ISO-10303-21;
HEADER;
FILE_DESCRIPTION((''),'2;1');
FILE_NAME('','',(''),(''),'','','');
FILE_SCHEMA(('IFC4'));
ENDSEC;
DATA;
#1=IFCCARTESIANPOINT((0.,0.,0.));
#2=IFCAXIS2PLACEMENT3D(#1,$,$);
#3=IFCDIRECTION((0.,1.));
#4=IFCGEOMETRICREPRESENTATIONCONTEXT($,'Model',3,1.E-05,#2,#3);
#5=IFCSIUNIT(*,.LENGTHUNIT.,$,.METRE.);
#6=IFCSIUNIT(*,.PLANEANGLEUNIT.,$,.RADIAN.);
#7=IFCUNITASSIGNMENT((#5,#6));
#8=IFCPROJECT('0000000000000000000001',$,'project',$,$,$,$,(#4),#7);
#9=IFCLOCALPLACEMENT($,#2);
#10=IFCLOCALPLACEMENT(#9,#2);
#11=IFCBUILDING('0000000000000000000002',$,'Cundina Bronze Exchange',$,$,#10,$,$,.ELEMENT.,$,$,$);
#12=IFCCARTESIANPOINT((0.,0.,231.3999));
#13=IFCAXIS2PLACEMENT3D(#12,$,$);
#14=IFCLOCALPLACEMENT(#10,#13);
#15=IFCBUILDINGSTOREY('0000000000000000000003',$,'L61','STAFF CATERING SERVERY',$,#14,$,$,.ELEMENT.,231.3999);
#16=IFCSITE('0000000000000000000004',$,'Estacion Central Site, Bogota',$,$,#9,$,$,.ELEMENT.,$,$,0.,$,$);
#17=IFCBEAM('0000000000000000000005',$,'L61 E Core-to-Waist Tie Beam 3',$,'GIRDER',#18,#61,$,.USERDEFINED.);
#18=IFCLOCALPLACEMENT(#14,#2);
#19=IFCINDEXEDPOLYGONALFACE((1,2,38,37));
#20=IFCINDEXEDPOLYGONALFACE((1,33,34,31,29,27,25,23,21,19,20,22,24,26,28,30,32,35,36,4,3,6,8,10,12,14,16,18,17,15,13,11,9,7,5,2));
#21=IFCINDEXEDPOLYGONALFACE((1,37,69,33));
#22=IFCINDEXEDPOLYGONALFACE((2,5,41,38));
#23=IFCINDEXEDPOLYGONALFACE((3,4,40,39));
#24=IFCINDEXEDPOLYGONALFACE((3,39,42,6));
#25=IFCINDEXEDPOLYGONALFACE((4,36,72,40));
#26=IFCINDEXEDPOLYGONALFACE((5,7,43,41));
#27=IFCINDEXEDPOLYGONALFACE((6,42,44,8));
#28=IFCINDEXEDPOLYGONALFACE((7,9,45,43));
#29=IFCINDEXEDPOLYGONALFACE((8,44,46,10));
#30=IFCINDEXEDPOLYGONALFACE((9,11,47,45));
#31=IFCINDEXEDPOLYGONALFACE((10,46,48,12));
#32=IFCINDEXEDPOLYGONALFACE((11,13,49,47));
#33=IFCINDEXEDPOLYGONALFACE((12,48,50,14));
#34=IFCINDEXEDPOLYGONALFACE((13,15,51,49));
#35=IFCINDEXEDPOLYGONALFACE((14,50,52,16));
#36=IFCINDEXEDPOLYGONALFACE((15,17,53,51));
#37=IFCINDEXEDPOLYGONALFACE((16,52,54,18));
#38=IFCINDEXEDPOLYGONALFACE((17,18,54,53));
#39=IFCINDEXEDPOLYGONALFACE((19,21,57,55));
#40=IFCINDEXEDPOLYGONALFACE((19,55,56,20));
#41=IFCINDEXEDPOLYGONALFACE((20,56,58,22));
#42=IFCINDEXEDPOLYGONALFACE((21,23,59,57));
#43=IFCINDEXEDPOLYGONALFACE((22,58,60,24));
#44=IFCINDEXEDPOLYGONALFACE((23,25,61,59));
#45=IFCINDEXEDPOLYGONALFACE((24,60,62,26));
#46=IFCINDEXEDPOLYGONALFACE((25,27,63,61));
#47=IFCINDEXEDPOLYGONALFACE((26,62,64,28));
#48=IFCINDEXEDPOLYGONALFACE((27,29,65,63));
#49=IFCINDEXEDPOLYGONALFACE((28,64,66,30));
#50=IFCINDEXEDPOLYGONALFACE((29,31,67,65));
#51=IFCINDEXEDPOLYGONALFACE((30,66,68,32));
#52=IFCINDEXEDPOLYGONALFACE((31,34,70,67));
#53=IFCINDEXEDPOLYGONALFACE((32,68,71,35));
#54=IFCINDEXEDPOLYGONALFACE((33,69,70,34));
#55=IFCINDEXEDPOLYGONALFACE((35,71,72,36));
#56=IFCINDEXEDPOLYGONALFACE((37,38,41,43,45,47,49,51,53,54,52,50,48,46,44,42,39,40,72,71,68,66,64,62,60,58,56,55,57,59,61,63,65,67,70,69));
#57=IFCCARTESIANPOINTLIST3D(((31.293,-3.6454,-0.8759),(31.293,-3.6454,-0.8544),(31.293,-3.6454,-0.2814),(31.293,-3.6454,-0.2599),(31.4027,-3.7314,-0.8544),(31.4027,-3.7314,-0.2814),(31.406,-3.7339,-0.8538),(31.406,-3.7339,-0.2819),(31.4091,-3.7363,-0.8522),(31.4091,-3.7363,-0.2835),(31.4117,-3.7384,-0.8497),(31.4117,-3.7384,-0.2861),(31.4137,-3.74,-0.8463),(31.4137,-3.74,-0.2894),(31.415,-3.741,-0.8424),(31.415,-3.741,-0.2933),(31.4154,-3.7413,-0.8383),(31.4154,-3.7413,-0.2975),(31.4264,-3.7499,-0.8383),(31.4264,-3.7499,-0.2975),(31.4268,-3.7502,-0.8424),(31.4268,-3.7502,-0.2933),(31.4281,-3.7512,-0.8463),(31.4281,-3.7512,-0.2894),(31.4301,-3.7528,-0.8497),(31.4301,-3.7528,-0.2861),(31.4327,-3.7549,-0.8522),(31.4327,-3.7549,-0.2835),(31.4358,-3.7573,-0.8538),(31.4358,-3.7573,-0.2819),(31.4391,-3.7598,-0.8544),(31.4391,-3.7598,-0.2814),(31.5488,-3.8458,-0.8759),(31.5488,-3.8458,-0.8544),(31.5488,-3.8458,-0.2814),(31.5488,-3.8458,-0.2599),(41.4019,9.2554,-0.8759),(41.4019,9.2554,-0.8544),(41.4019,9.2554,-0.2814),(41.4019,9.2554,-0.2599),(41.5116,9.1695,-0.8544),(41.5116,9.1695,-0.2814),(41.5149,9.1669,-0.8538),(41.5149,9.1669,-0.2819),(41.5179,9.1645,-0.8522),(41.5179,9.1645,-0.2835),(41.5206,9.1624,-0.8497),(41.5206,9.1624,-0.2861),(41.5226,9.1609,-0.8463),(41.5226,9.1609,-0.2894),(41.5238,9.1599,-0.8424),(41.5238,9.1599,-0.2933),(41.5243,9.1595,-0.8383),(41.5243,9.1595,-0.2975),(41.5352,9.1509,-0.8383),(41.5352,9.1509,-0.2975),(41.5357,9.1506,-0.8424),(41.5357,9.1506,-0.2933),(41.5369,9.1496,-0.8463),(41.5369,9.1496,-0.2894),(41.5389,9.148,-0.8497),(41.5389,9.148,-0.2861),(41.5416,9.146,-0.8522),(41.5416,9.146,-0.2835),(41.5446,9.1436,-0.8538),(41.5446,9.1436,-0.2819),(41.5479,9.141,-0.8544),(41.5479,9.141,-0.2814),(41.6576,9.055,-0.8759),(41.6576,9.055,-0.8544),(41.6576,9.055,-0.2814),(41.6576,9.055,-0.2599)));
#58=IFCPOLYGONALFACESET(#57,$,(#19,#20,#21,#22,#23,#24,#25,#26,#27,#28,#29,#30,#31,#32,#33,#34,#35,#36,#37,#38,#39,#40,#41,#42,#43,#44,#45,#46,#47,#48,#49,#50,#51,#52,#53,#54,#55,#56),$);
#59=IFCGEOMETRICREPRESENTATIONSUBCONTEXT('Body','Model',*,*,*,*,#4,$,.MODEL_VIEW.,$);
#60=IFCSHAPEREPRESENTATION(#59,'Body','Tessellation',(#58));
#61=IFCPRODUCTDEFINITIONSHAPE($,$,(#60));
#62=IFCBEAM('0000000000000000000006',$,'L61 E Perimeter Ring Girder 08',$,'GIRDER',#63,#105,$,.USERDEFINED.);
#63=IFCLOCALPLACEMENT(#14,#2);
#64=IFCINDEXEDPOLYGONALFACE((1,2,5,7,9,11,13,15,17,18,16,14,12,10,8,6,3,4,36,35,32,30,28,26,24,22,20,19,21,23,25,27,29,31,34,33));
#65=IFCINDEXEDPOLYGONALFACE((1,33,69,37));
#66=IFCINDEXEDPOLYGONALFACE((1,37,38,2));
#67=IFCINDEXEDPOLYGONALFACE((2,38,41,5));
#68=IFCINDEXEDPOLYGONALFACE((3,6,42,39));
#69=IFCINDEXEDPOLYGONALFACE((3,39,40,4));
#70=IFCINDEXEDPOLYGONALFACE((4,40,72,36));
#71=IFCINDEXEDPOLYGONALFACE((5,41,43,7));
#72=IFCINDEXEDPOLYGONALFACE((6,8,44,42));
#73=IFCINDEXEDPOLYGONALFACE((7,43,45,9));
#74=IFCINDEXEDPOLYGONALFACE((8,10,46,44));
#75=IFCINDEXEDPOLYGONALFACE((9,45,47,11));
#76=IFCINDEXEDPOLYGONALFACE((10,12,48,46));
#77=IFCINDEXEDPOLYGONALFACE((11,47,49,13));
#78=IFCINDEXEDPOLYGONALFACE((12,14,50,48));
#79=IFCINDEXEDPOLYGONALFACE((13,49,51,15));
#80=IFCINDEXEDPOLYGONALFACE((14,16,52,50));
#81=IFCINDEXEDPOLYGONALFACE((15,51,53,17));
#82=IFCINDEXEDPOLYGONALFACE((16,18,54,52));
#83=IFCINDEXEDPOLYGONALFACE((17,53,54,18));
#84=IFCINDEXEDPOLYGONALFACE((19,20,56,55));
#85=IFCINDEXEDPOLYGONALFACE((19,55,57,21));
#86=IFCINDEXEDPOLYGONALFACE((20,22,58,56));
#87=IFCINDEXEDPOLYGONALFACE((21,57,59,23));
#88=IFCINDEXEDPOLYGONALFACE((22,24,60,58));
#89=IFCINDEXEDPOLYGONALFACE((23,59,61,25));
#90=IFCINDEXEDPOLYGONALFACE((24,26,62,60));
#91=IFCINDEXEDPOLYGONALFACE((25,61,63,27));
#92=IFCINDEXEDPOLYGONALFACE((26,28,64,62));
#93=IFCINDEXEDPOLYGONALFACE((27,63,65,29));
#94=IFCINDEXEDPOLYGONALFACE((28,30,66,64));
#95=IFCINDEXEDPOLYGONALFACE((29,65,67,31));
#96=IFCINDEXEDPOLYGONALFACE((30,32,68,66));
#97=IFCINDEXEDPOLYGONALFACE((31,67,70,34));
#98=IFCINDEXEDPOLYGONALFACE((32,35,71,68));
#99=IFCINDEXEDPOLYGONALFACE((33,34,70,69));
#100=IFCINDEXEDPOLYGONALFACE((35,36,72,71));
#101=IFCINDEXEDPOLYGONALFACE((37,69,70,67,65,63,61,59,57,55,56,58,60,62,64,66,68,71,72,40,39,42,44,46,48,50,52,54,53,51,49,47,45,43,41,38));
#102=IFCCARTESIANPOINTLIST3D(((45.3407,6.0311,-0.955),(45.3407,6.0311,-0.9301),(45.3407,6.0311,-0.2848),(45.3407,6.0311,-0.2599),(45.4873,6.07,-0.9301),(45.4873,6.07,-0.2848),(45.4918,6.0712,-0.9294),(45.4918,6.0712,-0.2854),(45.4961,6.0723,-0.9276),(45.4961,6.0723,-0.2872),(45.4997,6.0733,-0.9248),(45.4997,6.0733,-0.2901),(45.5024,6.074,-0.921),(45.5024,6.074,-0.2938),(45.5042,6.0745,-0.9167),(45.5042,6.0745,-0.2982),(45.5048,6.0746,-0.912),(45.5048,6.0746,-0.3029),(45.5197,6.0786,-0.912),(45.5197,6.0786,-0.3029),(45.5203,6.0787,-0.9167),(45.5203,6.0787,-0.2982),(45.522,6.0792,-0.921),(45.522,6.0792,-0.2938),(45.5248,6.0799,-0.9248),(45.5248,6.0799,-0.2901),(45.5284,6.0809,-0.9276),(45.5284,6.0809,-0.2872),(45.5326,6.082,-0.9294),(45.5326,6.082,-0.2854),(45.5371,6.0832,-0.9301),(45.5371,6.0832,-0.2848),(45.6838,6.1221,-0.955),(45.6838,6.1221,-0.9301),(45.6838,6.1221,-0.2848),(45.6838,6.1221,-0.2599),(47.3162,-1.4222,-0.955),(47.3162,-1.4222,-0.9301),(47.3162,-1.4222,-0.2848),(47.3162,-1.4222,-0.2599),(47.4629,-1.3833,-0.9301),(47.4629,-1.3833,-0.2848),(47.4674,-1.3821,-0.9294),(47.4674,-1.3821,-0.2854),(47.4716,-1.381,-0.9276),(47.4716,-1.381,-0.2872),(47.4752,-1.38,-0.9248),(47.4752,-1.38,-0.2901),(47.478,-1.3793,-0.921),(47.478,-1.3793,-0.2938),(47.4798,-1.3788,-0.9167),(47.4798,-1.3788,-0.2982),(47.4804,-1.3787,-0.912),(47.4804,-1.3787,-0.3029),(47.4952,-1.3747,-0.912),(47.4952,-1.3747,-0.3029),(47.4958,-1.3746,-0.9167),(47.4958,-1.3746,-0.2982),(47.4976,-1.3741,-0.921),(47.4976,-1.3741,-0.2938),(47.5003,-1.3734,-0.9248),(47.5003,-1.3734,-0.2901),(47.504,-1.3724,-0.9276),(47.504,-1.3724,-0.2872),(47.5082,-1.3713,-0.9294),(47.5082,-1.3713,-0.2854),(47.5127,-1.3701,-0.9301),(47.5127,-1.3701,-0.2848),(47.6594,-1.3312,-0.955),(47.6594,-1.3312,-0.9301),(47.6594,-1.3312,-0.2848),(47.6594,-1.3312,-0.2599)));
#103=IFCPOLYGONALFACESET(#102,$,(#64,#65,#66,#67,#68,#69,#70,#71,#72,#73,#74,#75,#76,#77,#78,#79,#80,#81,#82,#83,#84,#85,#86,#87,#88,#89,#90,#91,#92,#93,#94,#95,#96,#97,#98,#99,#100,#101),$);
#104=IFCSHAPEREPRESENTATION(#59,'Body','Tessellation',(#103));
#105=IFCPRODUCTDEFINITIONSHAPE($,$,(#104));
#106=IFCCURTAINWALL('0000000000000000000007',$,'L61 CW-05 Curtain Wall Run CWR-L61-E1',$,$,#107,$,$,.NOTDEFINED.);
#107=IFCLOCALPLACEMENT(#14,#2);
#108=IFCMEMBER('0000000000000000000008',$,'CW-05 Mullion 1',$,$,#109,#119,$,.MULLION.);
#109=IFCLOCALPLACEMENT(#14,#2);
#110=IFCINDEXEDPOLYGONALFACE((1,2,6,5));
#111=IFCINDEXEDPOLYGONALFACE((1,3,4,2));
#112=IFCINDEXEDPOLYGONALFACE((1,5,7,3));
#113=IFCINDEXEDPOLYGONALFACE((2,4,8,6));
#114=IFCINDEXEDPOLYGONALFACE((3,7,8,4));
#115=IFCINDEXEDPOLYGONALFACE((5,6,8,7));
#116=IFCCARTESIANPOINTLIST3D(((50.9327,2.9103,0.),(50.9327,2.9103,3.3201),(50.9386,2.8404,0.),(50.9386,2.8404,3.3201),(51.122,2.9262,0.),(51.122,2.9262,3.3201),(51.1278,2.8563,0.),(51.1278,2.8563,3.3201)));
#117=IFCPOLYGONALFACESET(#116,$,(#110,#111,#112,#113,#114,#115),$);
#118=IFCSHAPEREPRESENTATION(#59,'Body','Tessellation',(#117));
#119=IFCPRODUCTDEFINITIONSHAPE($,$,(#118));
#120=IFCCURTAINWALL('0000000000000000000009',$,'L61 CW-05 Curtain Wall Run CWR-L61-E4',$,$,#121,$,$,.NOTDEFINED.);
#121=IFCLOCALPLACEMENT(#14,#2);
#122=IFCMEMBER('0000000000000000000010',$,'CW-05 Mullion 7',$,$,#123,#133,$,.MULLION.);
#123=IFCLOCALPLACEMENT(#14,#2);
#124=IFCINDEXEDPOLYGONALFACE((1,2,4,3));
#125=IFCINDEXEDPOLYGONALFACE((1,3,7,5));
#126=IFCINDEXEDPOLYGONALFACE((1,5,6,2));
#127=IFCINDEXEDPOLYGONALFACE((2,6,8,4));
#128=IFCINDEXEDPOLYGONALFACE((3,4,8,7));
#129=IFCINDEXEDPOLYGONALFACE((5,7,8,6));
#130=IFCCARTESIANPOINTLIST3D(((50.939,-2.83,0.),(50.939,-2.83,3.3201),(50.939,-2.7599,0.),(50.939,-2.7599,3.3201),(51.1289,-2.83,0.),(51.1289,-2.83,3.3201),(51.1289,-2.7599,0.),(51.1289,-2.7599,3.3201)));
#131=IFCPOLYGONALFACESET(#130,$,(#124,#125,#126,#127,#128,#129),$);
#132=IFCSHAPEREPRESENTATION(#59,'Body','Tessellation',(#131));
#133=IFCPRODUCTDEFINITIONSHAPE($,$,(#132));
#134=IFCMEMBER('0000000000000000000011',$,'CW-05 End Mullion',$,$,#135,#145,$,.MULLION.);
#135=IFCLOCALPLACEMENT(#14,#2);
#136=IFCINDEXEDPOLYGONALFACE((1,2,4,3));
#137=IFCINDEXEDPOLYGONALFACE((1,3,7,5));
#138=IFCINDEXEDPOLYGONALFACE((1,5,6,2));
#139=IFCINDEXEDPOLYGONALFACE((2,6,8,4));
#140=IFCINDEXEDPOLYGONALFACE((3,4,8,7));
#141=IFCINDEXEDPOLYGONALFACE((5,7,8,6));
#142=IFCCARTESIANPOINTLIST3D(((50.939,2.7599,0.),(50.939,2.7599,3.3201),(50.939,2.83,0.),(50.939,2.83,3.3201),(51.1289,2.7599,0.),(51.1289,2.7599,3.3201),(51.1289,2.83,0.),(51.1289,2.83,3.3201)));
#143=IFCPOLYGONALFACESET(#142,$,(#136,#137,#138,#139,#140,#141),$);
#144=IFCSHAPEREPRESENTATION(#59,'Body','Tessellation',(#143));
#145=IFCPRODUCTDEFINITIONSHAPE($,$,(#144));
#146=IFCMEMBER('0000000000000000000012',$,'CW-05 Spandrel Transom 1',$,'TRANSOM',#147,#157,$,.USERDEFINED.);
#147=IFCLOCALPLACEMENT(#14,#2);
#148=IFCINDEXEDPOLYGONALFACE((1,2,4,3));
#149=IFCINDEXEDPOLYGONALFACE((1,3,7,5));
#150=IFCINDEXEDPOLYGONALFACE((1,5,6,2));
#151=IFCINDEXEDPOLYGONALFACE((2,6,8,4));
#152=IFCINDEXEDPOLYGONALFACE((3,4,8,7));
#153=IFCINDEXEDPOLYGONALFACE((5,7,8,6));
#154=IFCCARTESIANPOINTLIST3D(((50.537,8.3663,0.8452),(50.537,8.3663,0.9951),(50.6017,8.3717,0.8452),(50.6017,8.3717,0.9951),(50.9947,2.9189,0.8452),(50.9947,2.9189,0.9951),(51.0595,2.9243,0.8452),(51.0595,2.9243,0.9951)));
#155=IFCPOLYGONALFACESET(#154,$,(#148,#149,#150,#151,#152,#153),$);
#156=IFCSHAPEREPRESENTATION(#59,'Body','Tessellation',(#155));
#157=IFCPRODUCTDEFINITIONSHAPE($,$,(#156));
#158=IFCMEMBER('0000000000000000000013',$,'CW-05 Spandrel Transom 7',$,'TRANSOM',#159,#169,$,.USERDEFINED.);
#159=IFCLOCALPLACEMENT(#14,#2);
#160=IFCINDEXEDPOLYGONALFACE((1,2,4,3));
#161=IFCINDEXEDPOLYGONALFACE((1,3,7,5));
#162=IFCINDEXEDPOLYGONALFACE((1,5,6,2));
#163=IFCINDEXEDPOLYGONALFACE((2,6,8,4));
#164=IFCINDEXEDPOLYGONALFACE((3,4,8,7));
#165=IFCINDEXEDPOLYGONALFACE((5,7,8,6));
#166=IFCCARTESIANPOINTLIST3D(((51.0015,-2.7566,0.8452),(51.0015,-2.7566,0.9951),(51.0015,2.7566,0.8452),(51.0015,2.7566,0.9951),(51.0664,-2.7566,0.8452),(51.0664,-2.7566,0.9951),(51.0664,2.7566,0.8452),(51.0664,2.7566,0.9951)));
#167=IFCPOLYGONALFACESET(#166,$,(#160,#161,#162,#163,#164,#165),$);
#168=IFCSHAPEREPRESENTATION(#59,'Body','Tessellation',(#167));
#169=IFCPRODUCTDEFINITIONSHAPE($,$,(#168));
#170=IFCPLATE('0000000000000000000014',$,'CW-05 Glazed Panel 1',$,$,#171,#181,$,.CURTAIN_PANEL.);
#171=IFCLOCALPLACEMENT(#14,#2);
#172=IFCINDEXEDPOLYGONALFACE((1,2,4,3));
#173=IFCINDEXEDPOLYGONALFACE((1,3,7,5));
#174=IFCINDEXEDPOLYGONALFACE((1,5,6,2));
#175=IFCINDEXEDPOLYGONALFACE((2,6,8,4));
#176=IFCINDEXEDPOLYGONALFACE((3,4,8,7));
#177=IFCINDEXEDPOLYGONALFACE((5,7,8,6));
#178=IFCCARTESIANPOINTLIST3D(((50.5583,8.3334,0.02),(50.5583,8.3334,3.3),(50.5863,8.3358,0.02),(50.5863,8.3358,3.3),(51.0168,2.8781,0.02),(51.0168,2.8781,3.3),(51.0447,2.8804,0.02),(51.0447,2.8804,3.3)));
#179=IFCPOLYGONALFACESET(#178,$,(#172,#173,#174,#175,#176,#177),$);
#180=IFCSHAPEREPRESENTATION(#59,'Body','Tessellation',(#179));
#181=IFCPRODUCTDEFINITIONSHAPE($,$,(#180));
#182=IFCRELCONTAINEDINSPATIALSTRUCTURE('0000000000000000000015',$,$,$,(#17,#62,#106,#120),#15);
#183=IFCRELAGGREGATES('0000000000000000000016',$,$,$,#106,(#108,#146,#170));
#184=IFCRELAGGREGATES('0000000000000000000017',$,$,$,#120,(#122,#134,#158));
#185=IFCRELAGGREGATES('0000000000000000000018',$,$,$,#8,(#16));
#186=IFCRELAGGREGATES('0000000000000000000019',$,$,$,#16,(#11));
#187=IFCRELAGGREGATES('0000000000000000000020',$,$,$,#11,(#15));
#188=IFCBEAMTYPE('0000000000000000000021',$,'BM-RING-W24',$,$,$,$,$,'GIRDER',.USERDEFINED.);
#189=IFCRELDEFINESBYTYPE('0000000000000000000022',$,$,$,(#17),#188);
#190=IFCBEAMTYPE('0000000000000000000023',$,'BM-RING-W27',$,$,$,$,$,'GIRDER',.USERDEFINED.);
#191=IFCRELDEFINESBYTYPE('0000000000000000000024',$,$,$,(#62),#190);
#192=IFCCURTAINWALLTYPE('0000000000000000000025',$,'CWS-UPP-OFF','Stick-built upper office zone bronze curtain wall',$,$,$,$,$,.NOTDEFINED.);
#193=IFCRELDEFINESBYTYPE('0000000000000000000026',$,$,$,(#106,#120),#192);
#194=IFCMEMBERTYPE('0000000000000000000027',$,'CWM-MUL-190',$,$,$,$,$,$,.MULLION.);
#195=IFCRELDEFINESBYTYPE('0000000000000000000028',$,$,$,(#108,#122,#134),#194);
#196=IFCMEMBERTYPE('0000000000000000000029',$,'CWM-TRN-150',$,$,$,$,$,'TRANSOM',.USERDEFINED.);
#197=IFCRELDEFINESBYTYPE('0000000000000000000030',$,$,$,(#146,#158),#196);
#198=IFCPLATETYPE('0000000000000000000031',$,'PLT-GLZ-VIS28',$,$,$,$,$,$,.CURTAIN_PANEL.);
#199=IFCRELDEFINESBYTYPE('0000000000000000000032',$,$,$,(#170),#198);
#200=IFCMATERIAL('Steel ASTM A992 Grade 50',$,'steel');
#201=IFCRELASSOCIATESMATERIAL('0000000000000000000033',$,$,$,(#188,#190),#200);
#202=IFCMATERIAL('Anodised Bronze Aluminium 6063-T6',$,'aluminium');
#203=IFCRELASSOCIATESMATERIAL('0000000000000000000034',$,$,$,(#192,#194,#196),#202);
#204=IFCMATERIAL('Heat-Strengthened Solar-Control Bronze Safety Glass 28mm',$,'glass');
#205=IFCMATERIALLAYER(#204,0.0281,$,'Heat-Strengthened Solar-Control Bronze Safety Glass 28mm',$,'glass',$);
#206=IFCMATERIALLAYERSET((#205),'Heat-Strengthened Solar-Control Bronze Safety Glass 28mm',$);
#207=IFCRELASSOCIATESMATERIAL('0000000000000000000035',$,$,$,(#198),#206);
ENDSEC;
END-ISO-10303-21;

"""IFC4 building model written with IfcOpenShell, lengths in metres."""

from ifc_helpers import new_model, si_unit, direction, frame, origin, origin_2d, place, context, subcontext, project, spatial, rectangle, i_section, extrude, material, layer, layer_set, material_profile, profile_set, type_object, element, aggregate, save


model = new_model("IFC4")

# Units and contexts
model_context = context("Model", 3, precision=1e-05, world=origin(), true_north=direction((0.0, 1.0)))
body_context = subcontext(model_context, "Body", "Model", "MODEL_VIEW")
ifc_project = project(units=[si_unit("LENGTHUNIT", "METRE"), si_unit("PLANEANGLEUNIT", "RADIAN")], contexts=[model_context])

# Site, building, storey
site_placement = place(None, origin())
site = spatial("IfcSite", under=ifc_project, at=site_placement, Name="Estacion Central Site, Bogota", CompositionType="ELEMENT", RefElevation=0.0)
building_placement = place(site_placement, origin())
building = spatial("IfcBuilding", under=site, at=building_placement, Name="Cundina Bronze Exchange", CompositionType="ELEMENT")
storey_placement = place(building_placement, frame((0.0, 0.0, 231.3999)))
storey = spatial("IfcBuildingStorey", under=building, at=storey_placement, Name="L61", Description="STAFF CATERING SERVERY", CompositionType="ELEMENT", Elevation=231.3999)

# Shared definitions
ifc_material_1 = material(Name="Steel ASTM A992 Grade 50", Category="steel")

# Beams
ifc_material_profile_1 = material_profile(ifc_material_1, i_section(OverallWidth=0.325, OverallDepth=0.616, WebThickness=0.0139, FlangeThickness=0.0215, FilletRadius=0.0161, at=origin_2d()), Name="W24X117", Category="steel")
ifc_profile_set_1 = profile_set([ifc_material_profile_1], Name="Steel ASTM A992 Grade 50")
beam_type_1 = type_object("IfcBeamType", Name="BM-RING-W24", ElementType="GIRDER", PredefinedType="USERDEFINED", material=ifc_profile_set_1)
beam_1_placement = place(storey_placement, frame((31.4209, -3.7456, -0.5679), z_axis=(0.616783, 0.787133, 0.0), x_axis=(-0.787133, 0.616783, 0.0)))
element("IfcBeam", 1, at=beam_1_placement, inside=storey, type_object=beam_type_1, Name="L61 E Core-to-Waist Tie Beam 3", ObjectType="GIRDER", PredefinedType="USERDEFINED", context=body_context, shape_type="SweptSolid", body=[
    extrude(i_section(OverallWidth=0.325, OverallDepth=0.616, WebThickness=0.0139, FlangeThickness=0.0215, FilletRadius=0.0161, at=origin_2d()), origin(), (0.0, 0.0, 1.0), 16.3896),
])
ifc_material_profile_2 = material_profile(ifc_material_1, i_section(OverallWidth=0.355, OverallDepth=0.6951, WebThickness=0.0154, FlangeThickness=0.0249, FilletRadius=0.0181, at=origin_2d()), Name="W27X146", Category="steel")
ifc_profile_set_2 = profile_set([ifc_material_profile_2], Name="Steel ASTM A992 Grade 50")
beam_type_2 = type_object("IfcBeamType", Name="BM-RING-W27", ElementType="GIRDER", PredefinedType="USERDEFINED", material=ifc_profile_set_2)
beam_2_placement = place(storey_placement, frame((47.4878, -1.3767, -0.6074), z_axis=(-0.256212, 0.966621, 0.0), x_axis=(-0.966621, -0.256212, 0.0)))
element("IfcBeam", 2, at=beam_2_placement, inside=storey, type_object=beam_type_2, Name="L61 E Perimeter Ring Girder 08", ObjectType="GIRDER", PredefinedType="USERDEFINED", context=body_context, shape_type="SweptSolid", body=[
    extrude(i_section(OverallWidth=0.355, OverallDepth=0.6951, WebThickness=0.0154, FlangeThickness=0.0249, FilletRadius=0.0181, at=origin_2d()), origin(), (0.0, 0.0, 1.0), 7.7107),
])

# Curtain wall, member
ifc_material_2 = material(Name="Anodised Bronze Aluminium 6063-T6", Category="aluminium")
curtain_wall_type = type_object("IfcCurtainWallType", Name="CWS-UPP-OFF", Description="Stick-built upper office zone bronze curtain wall", PredefinedType="NOTDEFINED", material=ifc_material_2)
curtain_wall_1_placement = place(storey_placement, origin())
curtain_wall_1 = element("IfcCurtainWall", 3, at=curtain_wall_1_placement, inside=storey, type_object=curtain_wall_type, Name="L61 CW-05 Curtain Wall Run CWR-L61-E1", PredefinedType="NOTDEFINED")
ifc_material_profile_3 = material_profile(ifc_material_2, rectangle(XDim=0.0701, YDim=0.1899, at=origin_2d()), Name="AL70X190", Category="aluminium")
ifc_profile_set_3 = profile_set([ifc_material_profile_3], Name="Anodised Bronze Aluminium 6063-T6")
member_type_1 = type_object("IfcMemberType", Name="CWM-MUL-190", PredefinedType="MULLION", material=ifc_profile_set_3)
member_1_placement = place(storey_placement, frame((51.0303, 2.8833, 0.0), z_axis=(0.0, 0.0, 1.0), x_axis=(-0.083678, 0.996493, 0.0)))
member_1 = element("IfcMember", 4, at=member_1_placement, type_object=member_type_1, Name="CW-05 Mullion 1", PredefinedType="MULLION", context=body_context, shape_type="SweptSolid", body=[
    extrude(rectangle(XDim=0.0701, YDim=0.1899, at=origin_2d()), origin(), (0.0, 0.0, 1.0), 3.3201),
])

# Curtain wall, members
curtain_wall_2_placement = place(storey_placement, origin())
curtain_wall_2 = element("IfcCurtainWall", 5, at=curtain_wall_2_placement, inside=storey, type_object=curtain_wall_type, Name="L61 CW-05 Curtain Wall Run CWR-L61-E4", PredefinedType="NOTDEFINED")
member_2_placement = place(storey_placement, frame((51.0339, -2.7949, 0.0), z_axis=(0.0, 0.0, 1.0), x_axis=(0.0, 1.0, 0.0)))
member_2 = element("IfcMember", 6, at=member_2_placement, type_object=member_type_1, Name="CW-05 Mullion 7", PredefinedType="MULLION", context=body_context, shape_type="SweptSolid", body=[
    extrude(rectangle(XDim=0.0701, YDim=0.1899, at=origin_2d()), origin(), (0.0, 0.0, 1.0), 3.3201),
])
member_3_placement = place(storey_placement, frame((51.0339, 2.7949, 0.0), z_axis=(0.0, 0.0, 1.0), x_axis=(0.0, 1.0, 0.0)))
member_3 = element("IfcMember", 7, at=member_3_placement, type_object=member_type_1, Name="CW-05 End Mullion", PredefinedType="MULLION", context=body_context, shape_type="SweptSolid", body=[
    extrude(rectangle(XDim=0.0701, YDim=0.1899, at=origin_2d()), origin(), (0.0, 0.0, 1.0), 3.3201),
])

# Members
ifc_material_profile_4 = material_profile(ifc_material_2, rectangle(XDim=0.0649, YDim=0.1499, at=origin_2d()), Name="AL65X150", Category="aluminium")
ifc_profile_set_4 = profile_set([ifc_material_profile_4], Name="Anodised Bronze Aluminium 6063-T6")
member_type_2 = type_object("IfcMemberType", Name="CWM-TRN-150", ElementType="TRANSOM", PredefinedType="USERDEFINED", material=ifc_profile_set_4)
member_4_placement = place(storey_placement, frame((51.0271, 2.9216, 0.9202), z_axis=(-0.08374, 0.996488, 0.0), x_axis=(-0.996488, -0.08374, 0.0)))
member_4 = element("IfcMember", 8, at=member_4_placement, type_object=member_type_2, Name="CW-05 Spandrel Transom 1", ObjectType="TRANSOM", PredefinedType="USERDEFINED", context=body_context, shape_type="SweptSolid", body=[
    extrude(rectangle(XDim=0.0649, YDim=0.1499, at=origin_2d()), origin(), (0.0, 0.0, 1.0), 5.4666),
])
member_5_placement = place(storey_placement, frame((51.0339, -2.7566, 0.9202), z_axis=(0.0, 1.0, 0.0), x_axis=(-1.0, 0.0, 0.0)))
member_5 = element("IfcMember", 9, at=member_5_placement, type_object=member_type_2, Name="CW-05 Spandrel Transom 7", ObjectType="TRANSOM", PredefinedType="USERDEFINED", context=body_context, shape_type="SweptSolid", body=[
    extrude(rectangle(XDim=0.0649, YDim=0.1499, at=origin_2d()), origin(), (0.0, 0.0, 1.0), 5.5132),
])

# Plate
ifc_material_3 = material(Name="Heat-Strengthened Solar-Control Bronze Safety Glass 28mm", Category="glass")
ifc_layer_1 = layer(ifc_material_3, 0.0281, Name="Heat-Strengthened Solar-Control Bronze Safety Glass 28mm", Category="glass")
ifc_layer_set_1 = layer_set([ifc_layer_1], Name="Heat-Strengthened Solar-Control Bronze Safety Glass 28mm")
plate_type_1 = type_object("IfcPlateType", Name="PLT-GLZ-VIS28", PredefinedType="CURTAIN_PANEL", material=ifc_layer_set_1)
plate_1_placement = place(storey_placement, frame((50.8015, 5.6069, 0.02), z_axis=(0.0, 0.0, 1.0), x_axis=(-0.083747, 0.996487, 0.0)))
plate_1 = element("IfcPlate", 10, at=plate_1_placement, type_object=plate_type_1, Name="CW-05 Glazed Panel 1", PredefinedType="CURTAIN_PANEL", context=body_context, shape_type="SweptSolid", body=[
    extrude(rectangle(XDim=5.4746, YDim=0.0281, at=origin_2d()), origin(), (0.0, 0.0, 1.0), 3.28),
])
aggregate(curtain_wall_1, [member_1, member_4, plate_1])
aggregate(curtain_wall_2, [member_2, member_3, member_5])

save(model, "model.ifc")
